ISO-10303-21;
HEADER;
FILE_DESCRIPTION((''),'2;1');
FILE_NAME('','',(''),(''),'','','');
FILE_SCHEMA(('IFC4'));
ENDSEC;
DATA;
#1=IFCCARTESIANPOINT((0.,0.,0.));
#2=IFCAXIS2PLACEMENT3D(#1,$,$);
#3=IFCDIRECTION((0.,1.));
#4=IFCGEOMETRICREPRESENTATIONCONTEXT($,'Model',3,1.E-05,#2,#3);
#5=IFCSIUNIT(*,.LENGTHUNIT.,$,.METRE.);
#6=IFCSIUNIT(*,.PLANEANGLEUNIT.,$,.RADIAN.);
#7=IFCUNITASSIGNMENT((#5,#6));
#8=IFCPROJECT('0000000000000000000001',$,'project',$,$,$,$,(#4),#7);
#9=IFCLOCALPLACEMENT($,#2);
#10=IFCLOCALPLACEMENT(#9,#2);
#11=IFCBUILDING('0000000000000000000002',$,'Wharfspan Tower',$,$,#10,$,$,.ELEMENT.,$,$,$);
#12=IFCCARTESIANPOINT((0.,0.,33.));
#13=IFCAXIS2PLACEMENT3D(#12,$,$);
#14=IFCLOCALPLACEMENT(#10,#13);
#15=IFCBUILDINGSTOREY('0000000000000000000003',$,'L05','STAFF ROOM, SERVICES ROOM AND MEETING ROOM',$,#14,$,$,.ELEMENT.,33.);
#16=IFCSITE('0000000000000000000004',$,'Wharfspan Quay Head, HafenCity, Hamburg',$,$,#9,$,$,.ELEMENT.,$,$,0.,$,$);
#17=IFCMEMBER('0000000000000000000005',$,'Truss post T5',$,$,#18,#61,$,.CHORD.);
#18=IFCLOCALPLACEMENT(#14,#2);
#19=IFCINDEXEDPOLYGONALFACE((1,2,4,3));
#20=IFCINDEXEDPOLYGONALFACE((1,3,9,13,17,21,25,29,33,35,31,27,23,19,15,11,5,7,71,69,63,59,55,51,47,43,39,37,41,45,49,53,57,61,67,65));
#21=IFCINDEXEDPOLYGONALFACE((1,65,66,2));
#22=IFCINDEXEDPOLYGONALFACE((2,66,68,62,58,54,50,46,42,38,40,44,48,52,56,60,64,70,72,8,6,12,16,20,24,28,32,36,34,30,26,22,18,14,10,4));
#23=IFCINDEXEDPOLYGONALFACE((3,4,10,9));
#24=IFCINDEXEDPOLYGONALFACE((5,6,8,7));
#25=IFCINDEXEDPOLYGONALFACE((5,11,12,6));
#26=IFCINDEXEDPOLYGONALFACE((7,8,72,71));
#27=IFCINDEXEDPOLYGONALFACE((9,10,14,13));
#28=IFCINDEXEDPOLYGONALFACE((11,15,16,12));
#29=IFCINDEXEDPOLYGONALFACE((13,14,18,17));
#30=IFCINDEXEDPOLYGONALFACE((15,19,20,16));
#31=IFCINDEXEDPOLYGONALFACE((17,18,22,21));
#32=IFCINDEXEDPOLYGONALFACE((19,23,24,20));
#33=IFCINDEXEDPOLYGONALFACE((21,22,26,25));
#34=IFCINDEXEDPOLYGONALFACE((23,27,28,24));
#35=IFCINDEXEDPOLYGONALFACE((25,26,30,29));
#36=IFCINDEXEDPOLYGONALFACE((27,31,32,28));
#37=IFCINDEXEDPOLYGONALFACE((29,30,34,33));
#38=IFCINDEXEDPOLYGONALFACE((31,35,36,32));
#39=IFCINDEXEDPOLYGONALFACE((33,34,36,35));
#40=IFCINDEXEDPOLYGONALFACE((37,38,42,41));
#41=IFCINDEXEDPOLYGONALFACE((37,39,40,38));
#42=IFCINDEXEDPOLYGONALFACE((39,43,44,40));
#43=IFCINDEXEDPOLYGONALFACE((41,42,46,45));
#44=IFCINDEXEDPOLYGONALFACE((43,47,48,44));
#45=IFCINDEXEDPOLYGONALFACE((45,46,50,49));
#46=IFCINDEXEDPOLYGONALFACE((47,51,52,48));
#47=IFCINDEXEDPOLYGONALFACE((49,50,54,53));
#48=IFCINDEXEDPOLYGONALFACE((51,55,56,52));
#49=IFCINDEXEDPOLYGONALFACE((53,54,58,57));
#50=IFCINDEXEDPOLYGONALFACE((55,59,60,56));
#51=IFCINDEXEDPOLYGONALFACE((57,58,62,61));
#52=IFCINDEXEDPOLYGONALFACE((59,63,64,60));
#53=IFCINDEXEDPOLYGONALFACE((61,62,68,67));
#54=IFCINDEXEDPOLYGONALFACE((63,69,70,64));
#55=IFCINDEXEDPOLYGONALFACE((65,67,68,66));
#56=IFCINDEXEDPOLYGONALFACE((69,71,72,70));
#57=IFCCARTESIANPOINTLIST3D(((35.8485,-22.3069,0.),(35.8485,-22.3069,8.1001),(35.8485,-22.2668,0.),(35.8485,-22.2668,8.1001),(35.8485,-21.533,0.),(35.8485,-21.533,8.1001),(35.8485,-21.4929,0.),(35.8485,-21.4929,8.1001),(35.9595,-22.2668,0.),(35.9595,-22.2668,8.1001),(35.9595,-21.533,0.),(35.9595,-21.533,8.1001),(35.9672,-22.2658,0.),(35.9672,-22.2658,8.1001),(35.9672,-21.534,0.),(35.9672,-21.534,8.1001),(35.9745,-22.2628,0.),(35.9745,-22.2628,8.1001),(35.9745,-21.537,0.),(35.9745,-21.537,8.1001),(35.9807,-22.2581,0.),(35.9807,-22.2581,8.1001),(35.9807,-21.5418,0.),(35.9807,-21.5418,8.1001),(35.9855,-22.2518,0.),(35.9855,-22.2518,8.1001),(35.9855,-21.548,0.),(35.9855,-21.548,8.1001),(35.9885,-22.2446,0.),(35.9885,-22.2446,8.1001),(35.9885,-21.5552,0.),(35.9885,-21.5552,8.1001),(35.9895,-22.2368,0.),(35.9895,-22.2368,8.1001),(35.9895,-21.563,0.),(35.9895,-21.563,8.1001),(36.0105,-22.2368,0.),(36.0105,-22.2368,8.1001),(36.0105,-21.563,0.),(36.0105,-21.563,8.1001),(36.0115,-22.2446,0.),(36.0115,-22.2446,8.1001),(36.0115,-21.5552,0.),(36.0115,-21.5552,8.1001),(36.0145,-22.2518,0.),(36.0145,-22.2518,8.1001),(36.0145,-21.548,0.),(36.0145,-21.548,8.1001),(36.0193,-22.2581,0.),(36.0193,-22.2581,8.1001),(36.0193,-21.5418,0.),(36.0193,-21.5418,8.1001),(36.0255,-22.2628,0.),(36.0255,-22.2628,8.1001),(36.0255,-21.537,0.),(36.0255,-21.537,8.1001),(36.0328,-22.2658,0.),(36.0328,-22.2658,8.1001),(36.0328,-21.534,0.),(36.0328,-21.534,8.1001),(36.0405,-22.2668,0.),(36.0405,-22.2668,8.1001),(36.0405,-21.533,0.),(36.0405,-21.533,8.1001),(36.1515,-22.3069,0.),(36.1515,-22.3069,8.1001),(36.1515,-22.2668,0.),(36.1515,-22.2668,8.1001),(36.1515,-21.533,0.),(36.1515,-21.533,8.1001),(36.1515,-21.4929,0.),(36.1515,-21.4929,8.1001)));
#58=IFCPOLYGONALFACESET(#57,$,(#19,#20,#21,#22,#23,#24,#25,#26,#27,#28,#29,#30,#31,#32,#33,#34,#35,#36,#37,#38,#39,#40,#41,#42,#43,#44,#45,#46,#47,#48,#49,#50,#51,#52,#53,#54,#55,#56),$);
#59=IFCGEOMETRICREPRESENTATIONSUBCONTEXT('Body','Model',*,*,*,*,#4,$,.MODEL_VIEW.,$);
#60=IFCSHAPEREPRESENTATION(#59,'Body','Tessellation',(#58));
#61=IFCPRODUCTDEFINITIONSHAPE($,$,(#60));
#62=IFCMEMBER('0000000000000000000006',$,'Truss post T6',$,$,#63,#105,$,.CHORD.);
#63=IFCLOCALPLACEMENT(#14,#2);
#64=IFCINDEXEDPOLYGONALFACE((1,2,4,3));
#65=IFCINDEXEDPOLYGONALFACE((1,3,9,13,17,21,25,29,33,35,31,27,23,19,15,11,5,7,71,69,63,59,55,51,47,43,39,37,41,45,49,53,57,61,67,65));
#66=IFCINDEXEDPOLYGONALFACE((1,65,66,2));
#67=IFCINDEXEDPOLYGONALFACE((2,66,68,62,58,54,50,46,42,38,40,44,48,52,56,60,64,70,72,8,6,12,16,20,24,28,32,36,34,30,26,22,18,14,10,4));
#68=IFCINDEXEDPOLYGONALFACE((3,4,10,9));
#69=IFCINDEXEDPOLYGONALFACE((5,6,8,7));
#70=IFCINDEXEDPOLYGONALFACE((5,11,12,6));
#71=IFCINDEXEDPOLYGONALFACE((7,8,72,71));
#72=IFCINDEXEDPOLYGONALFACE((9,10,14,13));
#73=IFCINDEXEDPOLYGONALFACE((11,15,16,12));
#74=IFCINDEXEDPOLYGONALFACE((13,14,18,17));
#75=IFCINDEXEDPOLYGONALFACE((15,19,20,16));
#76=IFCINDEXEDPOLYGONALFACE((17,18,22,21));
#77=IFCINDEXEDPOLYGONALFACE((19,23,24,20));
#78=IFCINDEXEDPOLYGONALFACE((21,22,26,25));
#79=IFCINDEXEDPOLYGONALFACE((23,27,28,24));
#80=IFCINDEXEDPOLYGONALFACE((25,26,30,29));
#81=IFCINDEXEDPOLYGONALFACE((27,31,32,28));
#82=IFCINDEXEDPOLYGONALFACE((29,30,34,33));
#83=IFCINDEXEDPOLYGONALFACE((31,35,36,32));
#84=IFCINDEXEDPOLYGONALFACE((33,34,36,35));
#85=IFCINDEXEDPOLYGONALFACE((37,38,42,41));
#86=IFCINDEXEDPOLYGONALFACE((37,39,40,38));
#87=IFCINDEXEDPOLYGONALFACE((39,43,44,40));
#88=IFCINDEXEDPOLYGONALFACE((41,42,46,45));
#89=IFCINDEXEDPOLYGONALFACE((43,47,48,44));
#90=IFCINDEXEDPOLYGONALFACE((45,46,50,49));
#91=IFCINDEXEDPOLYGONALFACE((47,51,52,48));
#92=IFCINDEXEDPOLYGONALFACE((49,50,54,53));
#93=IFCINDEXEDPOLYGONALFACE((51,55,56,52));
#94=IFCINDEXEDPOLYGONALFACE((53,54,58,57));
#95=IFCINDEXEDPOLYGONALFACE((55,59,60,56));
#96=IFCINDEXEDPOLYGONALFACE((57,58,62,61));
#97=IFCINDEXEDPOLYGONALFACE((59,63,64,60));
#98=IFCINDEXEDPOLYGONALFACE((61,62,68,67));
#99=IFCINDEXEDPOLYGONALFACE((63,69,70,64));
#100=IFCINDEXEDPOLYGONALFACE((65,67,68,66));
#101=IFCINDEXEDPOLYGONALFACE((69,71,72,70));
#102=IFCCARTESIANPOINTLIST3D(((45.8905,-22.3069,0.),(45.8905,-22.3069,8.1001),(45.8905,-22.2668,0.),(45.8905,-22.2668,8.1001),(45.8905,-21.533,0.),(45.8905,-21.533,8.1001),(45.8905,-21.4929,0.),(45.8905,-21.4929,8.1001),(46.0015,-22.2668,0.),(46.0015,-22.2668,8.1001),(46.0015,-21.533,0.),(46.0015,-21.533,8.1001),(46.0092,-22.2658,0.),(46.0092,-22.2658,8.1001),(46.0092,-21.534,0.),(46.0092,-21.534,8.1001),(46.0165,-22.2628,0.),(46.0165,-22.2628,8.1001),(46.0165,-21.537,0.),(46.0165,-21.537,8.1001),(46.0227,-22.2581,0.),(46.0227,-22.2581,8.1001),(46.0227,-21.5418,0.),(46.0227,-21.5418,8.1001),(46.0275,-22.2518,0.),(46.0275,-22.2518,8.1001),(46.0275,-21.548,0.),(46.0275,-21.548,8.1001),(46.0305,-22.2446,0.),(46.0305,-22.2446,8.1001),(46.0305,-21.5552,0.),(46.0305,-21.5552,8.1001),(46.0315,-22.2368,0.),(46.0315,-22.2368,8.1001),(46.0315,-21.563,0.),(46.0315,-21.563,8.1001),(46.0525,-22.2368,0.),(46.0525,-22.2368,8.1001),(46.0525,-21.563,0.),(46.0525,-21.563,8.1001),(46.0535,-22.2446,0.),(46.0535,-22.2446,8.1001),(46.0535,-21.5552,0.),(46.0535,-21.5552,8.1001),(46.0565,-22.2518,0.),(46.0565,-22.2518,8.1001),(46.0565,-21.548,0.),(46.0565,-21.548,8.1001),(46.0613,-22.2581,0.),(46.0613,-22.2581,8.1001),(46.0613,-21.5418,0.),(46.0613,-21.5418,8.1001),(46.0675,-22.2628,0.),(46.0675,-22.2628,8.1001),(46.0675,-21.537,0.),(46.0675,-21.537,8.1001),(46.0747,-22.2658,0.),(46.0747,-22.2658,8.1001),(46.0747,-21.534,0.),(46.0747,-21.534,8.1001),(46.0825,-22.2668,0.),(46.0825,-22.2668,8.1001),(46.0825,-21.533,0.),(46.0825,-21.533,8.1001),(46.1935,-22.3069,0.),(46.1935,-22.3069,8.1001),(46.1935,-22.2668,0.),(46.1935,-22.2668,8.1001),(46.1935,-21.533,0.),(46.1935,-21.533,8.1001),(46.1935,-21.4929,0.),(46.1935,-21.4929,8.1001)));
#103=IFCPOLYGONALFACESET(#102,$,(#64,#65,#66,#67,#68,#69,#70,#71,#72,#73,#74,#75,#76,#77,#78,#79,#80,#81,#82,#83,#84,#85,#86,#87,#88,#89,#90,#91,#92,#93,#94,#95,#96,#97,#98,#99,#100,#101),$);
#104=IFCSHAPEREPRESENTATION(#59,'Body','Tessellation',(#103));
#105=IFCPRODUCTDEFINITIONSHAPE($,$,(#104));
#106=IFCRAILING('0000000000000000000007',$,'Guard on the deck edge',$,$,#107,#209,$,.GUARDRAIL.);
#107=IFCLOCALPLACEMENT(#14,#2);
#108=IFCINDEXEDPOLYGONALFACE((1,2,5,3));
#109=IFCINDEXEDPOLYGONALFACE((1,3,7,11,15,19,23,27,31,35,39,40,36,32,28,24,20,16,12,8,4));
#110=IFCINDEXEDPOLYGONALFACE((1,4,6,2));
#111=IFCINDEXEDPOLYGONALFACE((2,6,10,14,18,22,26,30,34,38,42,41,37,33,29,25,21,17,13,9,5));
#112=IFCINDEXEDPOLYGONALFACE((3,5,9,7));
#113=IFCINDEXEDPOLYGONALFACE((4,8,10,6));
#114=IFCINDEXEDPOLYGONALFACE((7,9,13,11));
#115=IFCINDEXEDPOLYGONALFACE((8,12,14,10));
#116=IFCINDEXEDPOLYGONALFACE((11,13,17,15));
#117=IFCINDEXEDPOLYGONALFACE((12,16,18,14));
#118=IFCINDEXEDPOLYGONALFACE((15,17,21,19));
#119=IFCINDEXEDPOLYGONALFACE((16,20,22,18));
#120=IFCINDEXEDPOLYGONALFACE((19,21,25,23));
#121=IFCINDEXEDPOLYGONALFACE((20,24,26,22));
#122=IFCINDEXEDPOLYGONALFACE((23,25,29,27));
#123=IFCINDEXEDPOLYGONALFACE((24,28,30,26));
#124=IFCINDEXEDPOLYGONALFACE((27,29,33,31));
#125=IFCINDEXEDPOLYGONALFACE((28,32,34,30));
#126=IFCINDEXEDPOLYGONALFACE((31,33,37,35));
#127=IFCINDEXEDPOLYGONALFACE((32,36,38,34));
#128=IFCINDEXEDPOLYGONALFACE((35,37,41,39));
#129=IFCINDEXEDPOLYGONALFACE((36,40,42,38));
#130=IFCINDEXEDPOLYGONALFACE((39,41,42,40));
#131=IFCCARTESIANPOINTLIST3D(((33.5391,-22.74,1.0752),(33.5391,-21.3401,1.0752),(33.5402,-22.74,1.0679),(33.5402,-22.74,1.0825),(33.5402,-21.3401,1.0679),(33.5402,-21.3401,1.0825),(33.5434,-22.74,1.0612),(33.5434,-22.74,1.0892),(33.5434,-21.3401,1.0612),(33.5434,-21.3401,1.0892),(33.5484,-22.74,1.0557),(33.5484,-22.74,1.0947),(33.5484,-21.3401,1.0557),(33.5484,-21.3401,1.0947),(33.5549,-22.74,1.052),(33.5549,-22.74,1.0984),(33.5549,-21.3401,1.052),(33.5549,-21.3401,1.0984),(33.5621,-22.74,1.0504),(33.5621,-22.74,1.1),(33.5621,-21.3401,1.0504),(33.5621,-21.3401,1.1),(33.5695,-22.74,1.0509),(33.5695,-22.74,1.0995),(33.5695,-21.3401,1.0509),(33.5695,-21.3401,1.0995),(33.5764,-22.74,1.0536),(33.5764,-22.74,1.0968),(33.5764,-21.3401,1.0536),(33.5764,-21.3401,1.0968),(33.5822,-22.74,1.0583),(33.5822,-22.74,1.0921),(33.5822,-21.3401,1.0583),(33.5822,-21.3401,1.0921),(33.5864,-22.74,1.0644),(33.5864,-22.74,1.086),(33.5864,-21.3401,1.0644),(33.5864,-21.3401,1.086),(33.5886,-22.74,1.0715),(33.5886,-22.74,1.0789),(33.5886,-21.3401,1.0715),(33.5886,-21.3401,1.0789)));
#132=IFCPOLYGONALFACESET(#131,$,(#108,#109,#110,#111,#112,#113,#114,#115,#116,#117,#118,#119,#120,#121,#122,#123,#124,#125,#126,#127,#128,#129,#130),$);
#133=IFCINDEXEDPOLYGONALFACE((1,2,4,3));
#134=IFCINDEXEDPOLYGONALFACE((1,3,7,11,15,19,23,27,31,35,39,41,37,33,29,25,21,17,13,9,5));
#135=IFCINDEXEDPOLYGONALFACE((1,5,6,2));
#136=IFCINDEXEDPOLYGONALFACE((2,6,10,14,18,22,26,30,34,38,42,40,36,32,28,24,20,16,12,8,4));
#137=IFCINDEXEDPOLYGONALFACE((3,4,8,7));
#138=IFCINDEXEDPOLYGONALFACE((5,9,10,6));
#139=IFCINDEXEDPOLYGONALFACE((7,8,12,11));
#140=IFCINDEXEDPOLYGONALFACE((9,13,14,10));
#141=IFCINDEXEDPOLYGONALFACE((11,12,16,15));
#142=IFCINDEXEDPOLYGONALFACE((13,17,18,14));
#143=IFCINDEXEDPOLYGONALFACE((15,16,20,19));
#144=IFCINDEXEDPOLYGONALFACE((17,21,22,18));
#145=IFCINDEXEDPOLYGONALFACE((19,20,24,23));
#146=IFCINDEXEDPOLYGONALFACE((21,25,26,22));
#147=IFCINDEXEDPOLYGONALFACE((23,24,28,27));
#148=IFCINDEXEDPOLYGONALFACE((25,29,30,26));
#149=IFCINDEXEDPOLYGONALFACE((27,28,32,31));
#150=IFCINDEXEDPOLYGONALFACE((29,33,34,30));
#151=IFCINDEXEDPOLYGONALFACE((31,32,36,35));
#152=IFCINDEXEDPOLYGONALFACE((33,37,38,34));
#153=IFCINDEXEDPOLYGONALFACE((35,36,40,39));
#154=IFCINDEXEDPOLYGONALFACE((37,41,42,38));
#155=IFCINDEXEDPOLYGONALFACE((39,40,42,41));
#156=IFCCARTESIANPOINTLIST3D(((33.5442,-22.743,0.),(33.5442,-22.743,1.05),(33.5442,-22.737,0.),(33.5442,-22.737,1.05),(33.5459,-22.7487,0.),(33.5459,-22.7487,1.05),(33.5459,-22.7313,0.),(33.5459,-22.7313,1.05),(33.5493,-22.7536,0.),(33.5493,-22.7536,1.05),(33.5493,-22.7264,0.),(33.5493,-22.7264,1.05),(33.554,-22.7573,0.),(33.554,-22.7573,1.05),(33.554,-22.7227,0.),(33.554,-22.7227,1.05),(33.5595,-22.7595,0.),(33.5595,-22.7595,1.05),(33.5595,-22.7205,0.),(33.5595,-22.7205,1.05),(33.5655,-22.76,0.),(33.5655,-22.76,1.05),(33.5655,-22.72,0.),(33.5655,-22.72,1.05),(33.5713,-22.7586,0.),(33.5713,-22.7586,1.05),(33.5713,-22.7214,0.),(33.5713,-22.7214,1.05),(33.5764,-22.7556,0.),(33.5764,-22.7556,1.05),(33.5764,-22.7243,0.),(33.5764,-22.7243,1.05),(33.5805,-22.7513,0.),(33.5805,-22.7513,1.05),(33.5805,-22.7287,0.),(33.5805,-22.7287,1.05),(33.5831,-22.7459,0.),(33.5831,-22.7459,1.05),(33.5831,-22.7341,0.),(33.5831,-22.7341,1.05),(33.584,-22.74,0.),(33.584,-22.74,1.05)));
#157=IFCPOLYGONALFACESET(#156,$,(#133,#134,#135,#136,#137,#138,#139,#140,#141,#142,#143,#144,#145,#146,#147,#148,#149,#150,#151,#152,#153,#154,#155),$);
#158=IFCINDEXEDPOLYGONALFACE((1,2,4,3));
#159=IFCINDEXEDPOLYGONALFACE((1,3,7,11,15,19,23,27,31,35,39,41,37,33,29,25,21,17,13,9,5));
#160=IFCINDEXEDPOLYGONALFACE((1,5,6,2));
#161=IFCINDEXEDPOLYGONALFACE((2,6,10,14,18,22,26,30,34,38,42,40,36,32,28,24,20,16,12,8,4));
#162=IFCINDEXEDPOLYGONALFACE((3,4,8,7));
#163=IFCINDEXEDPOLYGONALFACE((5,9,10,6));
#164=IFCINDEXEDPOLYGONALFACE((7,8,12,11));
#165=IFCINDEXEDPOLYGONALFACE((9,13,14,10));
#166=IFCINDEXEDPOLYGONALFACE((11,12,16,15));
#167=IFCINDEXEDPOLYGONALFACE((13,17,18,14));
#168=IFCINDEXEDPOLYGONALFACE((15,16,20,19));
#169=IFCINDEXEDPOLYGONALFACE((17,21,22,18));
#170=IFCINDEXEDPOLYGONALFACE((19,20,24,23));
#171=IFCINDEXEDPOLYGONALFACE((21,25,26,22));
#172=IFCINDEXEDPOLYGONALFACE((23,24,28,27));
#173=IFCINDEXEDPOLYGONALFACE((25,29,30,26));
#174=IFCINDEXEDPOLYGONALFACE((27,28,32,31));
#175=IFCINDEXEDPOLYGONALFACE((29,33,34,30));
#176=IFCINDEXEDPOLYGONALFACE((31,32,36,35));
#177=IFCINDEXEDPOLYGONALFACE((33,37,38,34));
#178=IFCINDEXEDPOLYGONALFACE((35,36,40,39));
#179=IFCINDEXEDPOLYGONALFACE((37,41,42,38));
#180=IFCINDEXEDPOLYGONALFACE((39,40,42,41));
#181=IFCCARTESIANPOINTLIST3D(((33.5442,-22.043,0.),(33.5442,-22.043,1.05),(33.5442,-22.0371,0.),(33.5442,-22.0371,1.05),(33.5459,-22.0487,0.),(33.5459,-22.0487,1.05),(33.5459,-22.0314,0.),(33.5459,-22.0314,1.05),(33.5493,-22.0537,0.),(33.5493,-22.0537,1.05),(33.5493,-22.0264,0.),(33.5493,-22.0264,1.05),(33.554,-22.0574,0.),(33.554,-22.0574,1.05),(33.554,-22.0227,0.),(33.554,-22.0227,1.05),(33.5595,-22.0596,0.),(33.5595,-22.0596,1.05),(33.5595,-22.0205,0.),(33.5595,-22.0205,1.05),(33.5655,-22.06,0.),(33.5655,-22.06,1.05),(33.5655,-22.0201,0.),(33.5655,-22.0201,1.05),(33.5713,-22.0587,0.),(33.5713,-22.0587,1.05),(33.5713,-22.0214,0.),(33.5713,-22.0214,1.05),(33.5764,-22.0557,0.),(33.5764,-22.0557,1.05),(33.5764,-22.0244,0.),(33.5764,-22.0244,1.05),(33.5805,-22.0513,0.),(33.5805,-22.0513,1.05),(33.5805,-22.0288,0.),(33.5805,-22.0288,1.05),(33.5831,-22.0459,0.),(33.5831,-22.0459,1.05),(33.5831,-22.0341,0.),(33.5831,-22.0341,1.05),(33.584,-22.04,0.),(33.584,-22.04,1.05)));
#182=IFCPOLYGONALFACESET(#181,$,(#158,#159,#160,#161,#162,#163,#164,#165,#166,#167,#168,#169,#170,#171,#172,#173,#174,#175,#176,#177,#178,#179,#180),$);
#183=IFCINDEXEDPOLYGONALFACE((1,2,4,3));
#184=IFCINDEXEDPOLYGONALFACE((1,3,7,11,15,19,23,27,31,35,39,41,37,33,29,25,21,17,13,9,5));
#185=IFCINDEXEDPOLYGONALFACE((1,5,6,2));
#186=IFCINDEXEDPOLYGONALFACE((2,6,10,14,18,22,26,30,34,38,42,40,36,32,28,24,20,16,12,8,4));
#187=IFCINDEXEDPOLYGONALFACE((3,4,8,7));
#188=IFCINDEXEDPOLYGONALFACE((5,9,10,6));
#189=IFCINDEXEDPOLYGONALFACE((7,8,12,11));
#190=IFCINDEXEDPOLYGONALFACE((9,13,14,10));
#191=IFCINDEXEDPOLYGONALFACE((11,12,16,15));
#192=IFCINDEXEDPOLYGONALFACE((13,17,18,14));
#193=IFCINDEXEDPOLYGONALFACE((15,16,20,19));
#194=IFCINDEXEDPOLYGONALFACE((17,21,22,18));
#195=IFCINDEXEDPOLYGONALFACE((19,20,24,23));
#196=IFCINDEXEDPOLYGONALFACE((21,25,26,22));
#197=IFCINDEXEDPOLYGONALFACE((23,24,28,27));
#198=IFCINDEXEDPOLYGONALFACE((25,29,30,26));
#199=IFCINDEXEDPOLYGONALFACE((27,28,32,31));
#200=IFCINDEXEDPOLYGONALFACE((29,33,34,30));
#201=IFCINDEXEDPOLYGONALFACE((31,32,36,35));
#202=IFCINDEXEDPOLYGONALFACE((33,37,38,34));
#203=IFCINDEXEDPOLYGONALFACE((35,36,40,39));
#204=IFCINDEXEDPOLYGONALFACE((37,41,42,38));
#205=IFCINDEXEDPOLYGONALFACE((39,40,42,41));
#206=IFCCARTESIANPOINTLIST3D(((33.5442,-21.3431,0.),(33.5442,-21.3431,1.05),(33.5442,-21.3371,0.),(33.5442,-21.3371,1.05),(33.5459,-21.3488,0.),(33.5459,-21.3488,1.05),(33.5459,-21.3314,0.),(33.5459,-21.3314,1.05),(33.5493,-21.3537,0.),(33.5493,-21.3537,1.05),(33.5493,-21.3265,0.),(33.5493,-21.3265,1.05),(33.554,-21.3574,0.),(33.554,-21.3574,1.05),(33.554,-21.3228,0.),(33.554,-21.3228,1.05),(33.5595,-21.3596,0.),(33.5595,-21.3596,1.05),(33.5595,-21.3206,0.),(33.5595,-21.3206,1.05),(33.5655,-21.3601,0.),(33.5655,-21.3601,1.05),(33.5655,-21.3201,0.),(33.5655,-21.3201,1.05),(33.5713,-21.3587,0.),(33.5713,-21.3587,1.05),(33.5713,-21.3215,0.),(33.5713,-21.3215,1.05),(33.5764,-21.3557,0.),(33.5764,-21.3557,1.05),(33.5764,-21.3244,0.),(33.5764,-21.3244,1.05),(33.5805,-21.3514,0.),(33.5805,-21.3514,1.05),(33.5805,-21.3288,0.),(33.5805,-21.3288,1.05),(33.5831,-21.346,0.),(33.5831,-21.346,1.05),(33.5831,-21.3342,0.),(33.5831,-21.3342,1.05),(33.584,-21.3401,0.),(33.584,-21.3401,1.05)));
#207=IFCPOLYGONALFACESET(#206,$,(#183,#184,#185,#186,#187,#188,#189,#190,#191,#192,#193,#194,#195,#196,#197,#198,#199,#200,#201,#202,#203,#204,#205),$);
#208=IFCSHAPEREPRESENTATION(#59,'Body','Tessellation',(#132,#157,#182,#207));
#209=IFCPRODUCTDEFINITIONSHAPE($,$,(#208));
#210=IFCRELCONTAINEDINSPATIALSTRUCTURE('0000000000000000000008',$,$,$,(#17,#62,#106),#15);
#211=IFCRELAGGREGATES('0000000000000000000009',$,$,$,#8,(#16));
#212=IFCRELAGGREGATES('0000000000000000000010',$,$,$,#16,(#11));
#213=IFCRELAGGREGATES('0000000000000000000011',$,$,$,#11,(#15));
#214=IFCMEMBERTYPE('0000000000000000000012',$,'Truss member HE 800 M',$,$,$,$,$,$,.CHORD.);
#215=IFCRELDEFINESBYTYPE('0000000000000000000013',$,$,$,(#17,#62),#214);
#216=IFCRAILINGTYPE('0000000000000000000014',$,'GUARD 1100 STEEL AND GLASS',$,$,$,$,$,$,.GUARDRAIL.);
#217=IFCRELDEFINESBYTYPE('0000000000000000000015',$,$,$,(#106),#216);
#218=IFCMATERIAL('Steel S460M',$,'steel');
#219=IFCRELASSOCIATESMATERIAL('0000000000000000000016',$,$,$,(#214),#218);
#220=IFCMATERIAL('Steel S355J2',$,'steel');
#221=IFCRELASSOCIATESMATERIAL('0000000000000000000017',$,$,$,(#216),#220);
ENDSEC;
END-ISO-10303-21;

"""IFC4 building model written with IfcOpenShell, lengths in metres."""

from ifc_helpers import new_model, si_unit, direction, frame, origin, origin_2d, place, context, subcontext, project, spatial, circle, i_section, extrude, material, material_profile, profile_set, type_object, element, save


model = new_model("IFC4")

# Units and contexts
model_context = context("Model", 3, precision=1e-05, world=origin(), true_north=direction((0.0, 1.0)))
body_context = subcontext(model_context, "Body", "Model", "MODEL_VIEW")
ifc_project = project(units=[si_unit("LENGTHUNIT", "METRE"), si_unit("PLANEANGLEUNIT", "RADIAN")], contexts=[model_context])

# Site, building, storey
site_placement = place(None, origin())
site = spatial("IfcSite", under=ifc_project, at=site_placement, Name="Wharfspan Quay Head, HafenCity, Hamburg", CompositionType="ELEMENT", RefElevation=0.0)
building_placement = place(site_placement, origin())
building = spatial("IfcBuilding", under=site, at=building_placement, Name="Wharfspan Tower", CompositionType="ELEMENT")
storey_placement = place(building_placement, frame((0.0, 0.0, 33.0)))
storey = spatial("IfcBuildingStorey", under=building, at=storey_placement, Name="L05", Description="STAFF ROOM, SERVICES ROOM AND MEETING ROOM", CompositionType="ELEMENT", Elevation=33.0)

# Members
ifc_material_1 = material(Name="Steel S460M", Category="steel")
ifc_material_profile_1 = material_profile(ifc_material_1, i_section(OverallWidth=0.303, OverallDepth=0.814, WebThickness=0.021, FlangeThickness=0.04, FilletRadius=0.03, at=origin_2d()))
ifc_profile_set_1 = profile_set([ifc_material_profile_1], Name="Steel S460M")
member_type_1 = type_object("IfcMemberType", Name="Truss member HE 800 M", PredefinedType="CHORD", material=ifc_profile_set_1)
for number, where, z_axis, x_axis, name in (
    (1, (36.0, -21.8999, 0.0), (0.0, 0.0, 1.0), (1.0, 0.0, 0.0), "Truss post T5"),
    (2, (46.042, -21.8999, 0.0), (0.0, 0.0, 1.0), (1.0, 0.0, 0.0), "Truss post T6"),
):
    element("IfcMember", number, at=place(storey_placement, frame(where, z_axis=z_axis, x_axis=x_axis)), inside=storey, type_object=member_type_1, Name=name, PredefinedType="CHORD", context=body_context, shape_type="SweptSolid", body=[
        extrude(i_section(OverallWidth=0.303, OverallDepth=0.814, WebThickness=0.021, FlangeThickness=0.04, FilletRadius=0.03, at=origin_2d()), origin(), (0.0, 0.0, 1.0), 8.1001),
    ])

# Railing
ifc_material_2 = material(Name="Steel S355J2", Category="steel")
railing_type = type_object("IfcRailingType", Name="GUARD 1100 STEEL AND GLASS", PredefinedType="GUARDRAIL", material=ifc_material_2)
railing_1_placement = place(storey_placement, frame((33.564, -22.74, 0.0)))
element("IfcRailing", 3, at=railing_1_placement, inside=storey, type_object=railing_type, Name="Guard on the deck edge", PredefinedType="GUARDRAIL", context=body_context, shape_type="SweptSolid", body=[
    extrude(circle(Radius=0.0249, at=origin_2d()), frame((0.0, 0.0, 1.0752), z_axis=(0.0, 1.0, 0.0), x_axis=(-1.0, 0.0, 0.0)), (0.0, 0.0, 1.0), 1.3999),
    extrude(circle(Radius=0.02, at=origin_2d()), origin(), (0.0, 0.0, 1.0), 1.05),
    extrude(circle(Radius=0.02, at=origin_2d()), frame((0.0, 0.7, 0.0)), (0.0, 0.0, 1.0), 1.05),
    extrude(circle(Radius=0.02, at=origin_2d()), frame((0.0, 1.3999, 0.0)), (0.0, 0.0, 1.0), 1.05),
])

save(model, "model.ifc")
